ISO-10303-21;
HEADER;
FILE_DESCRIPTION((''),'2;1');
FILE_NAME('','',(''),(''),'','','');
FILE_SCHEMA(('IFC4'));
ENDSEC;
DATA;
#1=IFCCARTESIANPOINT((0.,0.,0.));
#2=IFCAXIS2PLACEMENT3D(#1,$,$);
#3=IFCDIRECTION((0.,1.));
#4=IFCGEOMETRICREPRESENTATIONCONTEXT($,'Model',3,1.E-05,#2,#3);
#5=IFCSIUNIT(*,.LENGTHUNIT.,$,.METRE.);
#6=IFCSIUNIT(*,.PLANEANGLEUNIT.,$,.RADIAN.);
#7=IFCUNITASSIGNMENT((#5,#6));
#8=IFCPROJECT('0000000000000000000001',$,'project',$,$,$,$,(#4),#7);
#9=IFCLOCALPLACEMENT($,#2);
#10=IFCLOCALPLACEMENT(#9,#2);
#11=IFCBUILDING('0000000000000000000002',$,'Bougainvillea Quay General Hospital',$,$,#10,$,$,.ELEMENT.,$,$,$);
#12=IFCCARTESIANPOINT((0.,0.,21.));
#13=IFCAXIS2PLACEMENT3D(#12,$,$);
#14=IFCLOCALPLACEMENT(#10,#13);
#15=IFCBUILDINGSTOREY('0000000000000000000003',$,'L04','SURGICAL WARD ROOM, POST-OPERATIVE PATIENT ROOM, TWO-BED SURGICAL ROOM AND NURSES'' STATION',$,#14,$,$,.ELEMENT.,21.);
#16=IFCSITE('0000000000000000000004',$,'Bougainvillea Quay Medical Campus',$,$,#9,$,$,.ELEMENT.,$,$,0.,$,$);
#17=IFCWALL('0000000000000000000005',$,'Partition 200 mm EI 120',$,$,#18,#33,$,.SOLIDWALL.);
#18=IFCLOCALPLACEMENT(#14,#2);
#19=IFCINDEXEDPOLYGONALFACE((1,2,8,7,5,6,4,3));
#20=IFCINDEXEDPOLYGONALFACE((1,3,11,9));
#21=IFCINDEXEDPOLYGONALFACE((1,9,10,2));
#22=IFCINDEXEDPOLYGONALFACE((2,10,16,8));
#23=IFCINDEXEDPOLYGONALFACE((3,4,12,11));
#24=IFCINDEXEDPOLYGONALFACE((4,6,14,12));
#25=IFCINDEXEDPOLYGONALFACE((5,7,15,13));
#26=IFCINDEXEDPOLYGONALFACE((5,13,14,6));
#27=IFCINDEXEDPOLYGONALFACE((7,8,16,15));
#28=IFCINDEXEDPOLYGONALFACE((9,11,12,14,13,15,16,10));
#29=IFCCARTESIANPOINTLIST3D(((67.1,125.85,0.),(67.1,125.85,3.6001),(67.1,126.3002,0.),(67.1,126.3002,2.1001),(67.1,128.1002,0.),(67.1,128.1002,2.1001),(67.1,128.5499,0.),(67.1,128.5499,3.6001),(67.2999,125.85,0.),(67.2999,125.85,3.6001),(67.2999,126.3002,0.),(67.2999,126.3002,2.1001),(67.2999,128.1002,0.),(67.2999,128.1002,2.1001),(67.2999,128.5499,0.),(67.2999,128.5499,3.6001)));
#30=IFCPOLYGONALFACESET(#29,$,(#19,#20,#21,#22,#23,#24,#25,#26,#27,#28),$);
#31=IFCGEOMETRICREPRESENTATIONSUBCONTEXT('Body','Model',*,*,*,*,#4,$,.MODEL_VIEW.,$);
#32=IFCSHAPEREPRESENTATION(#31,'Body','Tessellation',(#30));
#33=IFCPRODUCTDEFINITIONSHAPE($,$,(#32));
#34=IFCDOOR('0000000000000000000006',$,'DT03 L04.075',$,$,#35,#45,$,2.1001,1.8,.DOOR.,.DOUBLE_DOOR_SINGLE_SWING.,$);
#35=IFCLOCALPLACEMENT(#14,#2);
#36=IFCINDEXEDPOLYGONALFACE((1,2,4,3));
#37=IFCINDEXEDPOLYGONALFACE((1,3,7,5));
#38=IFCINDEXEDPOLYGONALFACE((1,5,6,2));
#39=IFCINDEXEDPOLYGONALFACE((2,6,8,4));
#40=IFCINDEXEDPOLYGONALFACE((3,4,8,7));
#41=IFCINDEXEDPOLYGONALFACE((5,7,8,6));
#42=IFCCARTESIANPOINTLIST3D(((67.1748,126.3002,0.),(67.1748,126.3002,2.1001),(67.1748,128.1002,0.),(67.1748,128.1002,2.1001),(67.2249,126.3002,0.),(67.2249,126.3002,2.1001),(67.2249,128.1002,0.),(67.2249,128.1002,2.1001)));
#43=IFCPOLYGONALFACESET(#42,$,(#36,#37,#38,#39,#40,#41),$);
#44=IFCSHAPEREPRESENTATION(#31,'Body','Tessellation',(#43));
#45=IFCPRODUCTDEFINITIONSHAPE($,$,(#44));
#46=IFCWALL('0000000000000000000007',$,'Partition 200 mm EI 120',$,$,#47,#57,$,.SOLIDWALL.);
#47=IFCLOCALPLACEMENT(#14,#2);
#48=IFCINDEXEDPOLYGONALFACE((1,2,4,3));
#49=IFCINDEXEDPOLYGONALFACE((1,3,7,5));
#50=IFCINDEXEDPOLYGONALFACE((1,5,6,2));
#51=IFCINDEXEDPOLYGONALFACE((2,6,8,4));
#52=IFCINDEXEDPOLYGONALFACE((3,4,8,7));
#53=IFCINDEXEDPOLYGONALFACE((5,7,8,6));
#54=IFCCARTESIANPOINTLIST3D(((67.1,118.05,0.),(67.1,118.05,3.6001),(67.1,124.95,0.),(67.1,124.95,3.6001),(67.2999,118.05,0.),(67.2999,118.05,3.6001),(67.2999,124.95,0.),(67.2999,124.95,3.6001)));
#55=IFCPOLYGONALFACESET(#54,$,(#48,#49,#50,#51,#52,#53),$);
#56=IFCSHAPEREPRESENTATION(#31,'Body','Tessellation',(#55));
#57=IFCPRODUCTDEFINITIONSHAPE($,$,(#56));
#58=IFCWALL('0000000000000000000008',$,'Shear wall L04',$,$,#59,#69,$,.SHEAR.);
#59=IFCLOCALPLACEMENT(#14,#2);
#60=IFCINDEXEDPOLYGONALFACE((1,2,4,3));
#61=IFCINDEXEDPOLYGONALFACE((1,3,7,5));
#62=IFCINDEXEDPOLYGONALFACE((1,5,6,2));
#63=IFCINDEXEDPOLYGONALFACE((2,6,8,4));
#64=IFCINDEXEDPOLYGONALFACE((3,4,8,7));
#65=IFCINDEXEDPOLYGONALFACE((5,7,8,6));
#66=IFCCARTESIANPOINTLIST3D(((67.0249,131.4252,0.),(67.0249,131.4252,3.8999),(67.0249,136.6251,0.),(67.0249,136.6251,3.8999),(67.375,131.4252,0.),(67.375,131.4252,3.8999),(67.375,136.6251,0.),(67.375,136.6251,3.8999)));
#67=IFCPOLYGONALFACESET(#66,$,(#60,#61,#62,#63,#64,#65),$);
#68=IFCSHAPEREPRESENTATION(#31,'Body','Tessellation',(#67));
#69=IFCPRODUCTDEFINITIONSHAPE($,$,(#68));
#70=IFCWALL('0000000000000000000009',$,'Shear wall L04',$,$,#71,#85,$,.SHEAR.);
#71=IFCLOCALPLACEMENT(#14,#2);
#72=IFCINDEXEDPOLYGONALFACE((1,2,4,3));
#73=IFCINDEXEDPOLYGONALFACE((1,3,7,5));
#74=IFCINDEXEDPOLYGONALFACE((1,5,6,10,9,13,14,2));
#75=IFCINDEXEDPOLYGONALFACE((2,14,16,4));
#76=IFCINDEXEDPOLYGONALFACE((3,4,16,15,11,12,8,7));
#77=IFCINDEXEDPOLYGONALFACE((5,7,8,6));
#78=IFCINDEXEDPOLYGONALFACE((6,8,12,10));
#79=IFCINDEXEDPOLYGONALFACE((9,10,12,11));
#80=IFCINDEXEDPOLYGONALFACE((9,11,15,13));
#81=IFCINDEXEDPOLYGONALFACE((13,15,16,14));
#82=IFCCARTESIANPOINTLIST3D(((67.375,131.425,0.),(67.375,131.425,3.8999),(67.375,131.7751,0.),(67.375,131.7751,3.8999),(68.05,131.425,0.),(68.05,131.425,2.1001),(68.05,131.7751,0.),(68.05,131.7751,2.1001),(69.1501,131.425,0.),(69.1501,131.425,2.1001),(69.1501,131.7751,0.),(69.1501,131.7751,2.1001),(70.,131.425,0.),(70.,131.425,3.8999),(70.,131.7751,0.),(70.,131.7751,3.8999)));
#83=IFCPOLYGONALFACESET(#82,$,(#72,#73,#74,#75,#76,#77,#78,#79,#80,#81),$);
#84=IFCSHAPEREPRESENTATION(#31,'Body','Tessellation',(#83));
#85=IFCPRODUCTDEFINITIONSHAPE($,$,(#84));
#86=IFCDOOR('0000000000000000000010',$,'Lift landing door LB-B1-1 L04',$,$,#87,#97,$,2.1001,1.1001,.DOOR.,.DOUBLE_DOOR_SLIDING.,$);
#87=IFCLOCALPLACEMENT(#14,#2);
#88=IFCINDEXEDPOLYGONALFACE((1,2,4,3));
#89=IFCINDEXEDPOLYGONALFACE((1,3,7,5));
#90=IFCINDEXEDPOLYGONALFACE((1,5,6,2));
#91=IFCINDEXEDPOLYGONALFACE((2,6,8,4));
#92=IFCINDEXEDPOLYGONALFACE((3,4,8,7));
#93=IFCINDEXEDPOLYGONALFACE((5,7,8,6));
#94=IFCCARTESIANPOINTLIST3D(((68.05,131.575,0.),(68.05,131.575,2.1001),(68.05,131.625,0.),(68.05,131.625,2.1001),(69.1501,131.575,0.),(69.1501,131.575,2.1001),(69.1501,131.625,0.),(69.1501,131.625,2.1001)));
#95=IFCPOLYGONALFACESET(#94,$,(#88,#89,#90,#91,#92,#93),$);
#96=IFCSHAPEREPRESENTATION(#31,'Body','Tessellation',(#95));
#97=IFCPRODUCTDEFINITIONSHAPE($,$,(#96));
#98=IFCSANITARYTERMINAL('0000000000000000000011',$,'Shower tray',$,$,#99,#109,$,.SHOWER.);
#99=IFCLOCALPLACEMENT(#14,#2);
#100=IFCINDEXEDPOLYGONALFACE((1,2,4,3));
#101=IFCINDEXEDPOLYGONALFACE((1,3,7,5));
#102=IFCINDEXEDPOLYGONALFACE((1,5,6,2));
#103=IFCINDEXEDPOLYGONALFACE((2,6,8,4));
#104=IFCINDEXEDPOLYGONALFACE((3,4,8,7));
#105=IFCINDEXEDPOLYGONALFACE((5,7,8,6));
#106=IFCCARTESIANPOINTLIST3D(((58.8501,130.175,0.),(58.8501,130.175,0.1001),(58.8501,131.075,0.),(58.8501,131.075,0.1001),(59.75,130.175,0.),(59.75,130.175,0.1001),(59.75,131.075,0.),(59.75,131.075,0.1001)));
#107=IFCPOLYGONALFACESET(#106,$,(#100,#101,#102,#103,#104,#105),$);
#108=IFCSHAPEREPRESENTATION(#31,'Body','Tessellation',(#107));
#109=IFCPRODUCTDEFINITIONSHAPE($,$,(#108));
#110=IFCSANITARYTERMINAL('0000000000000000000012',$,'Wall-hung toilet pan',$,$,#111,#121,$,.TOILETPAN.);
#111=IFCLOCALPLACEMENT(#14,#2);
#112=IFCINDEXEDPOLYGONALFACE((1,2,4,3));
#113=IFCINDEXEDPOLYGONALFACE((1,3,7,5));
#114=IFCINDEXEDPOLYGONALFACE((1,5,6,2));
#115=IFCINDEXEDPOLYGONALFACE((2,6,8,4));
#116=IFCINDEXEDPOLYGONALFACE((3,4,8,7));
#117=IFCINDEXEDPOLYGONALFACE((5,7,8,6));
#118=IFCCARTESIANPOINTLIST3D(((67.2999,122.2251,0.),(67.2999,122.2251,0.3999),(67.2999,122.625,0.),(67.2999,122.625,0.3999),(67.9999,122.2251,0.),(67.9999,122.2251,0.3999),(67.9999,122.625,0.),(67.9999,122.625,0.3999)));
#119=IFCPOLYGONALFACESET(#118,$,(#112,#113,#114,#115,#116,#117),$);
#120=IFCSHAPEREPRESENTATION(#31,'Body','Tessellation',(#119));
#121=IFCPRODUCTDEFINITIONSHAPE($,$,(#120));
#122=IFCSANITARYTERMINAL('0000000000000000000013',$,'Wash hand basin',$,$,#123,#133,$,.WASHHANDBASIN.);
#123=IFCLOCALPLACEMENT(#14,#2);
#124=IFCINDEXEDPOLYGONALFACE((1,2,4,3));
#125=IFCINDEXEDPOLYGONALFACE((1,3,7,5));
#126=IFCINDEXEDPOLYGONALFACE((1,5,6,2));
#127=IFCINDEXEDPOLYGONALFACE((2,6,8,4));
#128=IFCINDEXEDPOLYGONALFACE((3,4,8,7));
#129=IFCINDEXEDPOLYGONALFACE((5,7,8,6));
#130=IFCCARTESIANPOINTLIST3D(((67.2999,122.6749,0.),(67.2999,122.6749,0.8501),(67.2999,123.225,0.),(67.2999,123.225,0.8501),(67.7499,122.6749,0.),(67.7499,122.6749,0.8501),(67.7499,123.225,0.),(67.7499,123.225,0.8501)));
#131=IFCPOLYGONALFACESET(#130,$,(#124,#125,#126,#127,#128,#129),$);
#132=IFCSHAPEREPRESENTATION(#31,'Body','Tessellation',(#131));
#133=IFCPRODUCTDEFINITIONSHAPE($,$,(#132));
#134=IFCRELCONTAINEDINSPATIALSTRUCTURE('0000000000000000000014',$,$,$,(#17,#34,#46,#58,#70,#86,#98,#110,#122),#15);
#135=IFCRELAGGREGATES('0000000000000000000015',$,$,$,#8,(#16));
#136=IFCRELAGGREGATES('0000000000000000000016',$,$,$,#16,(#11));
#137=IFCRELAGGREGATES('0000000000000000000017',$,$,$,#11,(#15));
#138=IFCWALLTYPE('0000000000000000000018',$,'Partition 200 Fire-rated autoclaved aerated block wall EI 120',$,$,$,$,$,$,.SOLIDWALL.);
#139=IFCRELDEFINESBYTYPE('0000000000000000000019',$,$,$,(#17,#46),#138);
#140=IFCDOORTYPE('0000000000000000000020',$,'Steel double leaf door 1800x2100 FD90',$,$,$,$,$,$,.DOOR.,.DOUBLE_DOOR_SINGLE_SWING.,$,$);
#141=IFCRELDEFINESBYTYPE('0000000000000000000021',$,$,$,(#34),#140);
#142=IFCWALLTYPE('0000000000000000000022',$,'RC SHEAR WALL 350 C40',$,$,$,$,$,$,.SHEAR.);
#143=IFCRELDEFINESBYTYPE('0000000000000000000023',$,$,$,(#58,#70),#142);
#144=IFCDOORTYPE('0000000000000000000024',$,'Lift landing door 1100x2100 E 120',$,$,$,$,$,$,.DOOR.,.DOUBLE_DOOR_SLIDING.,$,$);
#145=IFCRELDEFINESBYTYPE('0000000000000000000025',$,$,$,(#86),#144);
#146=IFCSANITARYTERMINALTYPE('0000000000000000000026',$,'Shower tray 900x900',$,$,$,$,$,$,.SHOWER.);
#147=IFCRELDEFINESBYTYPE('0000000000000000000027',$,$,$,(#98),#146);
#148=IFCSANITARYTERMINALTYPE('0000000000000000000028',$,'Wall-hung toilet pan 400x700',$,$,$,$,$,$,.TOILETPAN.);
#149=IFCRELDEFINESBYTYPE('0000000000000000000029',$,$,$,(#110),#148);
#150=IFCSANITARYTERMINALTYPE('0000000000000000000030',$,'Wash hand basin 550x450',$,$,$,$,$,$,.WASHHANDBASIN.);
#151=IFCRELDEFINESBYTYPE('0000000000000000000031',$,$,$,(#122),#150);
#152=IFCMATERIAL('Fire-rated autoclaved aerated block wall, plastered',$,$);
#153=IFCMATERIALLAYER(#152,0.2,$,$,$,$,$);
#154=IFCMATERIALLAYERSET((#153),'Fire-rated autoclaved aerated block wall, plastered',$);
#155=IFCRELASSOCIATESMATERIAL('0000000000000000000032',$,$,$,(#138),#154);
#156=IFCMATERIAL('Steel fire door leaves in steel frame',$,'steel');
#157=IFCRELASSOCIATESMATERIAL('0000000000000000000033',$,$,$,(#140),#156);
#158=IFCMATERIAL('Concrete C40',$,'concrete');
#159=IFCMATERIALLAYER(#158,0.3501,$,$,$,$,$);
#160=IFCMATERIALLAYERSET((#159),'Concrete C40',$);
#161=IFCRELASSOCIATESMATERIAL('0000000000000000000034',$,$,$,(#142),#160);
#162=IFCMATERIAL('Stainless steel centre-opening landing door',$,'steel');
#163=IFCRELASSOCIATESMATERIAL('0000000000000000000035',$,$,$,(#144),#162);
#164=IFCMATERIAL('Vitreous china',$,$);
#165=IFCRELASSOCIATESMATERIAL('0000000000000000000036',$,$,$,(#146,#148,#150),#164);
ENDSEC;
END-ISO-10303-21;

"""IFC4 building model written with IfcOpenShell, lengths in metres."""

from ifc_helpers import new_model, si_unit, direction, frame, frame_2d, origin, origin_2d, place, context, subcontext, project, spatial, rectangle, extrude, material, layer, layer_set, type_object, element, fill, save


model = new_model("IFC4")

# Units and contexts
model_context = context("Model", 3, precision=1e-05, world=origin(), true_north=direction((0.0, 1.0)))
body_context = subcontext(model_context, "Body", "Model", "MODEL_VIEW")
ifc_project = project(units=[si_unit("LENGTHUNIT", "METRE"), si_unit("PLANEANGLEUNIT", "RADIAN")], contexts=[model_context])

# Site, building, storey
site_placement = place(None, origin())
site = spatial("IfcSite", under=ifc_project, at=site_placement, Name="Bougainvillea Quay Medical Campus", CompositionType="ELEMENT", RefElevation=0.0)
building_placement = place(site_placement, origin())
building = spatial("IfcBuilding", under=site, at=building_placement, Name="Bougainvillea Quay General Hospital", CompositionType="ELEMENT")
storey_placement = place(building_placement, frame((0.0, 0.0, 21.0)))
storey = spatial("IfcBuildingStorey", under=building, at=storey_placement, Name="L04", Description="SURGICAL WARD ROOM, POST-OPERATIVE PATIENT ROOM, TWO-BED SURGICAL ROOM AND NURSES' STATION", CompositionType="ELEMENT", Elevation=21.0)

# Shared definitions
ifc_material_1 = material(Name="Concrete C40", Category="concrete")

# Shared definitions
ifc_material_2 = material(Name="Fire-rated autoclaved aerated block wall, plastered")
ifc_layer_1 = layer(ifc_material_2, 0.2)
ifc_layer_set_1 = layer_set([ifc_layer_1], Name="Fire-rated autoclaved aerated block wall, plastered")
wall_type_1 = type_object("IfcWallType", Name="Partition 200 Fire-rated autoclaved aerated block wall EI 120", PredefinedType="SOLIDWALL", material=ifc_layer_set_1)

# Wall, opening, door
wall_1_placement = place(storey_placement, frame((67.2, 128.55, 0.0), z_axis=(0.0, 0.0, 1.0), x_axis=(0.0, -1.0, 0.0)))
wall_1 = element("IfcWall", 1, at=wall_1_placement, inside=storey, type_object=wall_type_1, Name="Partition 200 mm EI 120", PredefinedType="SOLIDWALL", context=body_context, shape_type="SweptSolid", body=[
    extrude(rectangle(XDim=2.7, YDim=0.2, at=frame_2d((1.3501, 0.0))), origin(), (0.0, 0.0, 1.0), 3.6001),
])
opening_1_placement = place(wall_1_placement, frame((0.45, 0.0, 0.0)))
opening_1 = element("IfcOpeningElement", 2, at=opening_1_placement, cuts=wall_1, PredefinedType="OPENING", context=body_context, shape_type="SweptSolid", body=[
    extrude(rectangle(XDim=1.8, YDim=2.1001, at=frame_2d((0.8999, 1.05))), frame((0.0, 0.1099, 0.0), z_axis=(0.0, -1.0, 0.0), x_axis=(1.0, 0.0, 0.0)), (0.0, 0.0, 1.0), 0.22),
])
ifc_material_3 = material(Name="Steel fire door leaves in steel frame", Category="steel")
door_type_1 = type_object("IfcDoorType", Name="Steel double leaf door 1800x2100 FD90", OperationType="DOUBLE_DOOR_SINGLE_SWING", PredefinedType="DOOR", material=ifc_material_3)
door_1_placement = place(opening_1_placement, origin())
door_1 = element("IfcDoor", 3, at=door_1_placement, inside=storey, type_object=door_type_1, Name="DT03 L04.075", OperationType="DOUBLE_DOOR_SINGLE_SWING", OverallHeight=2.1001, OverallWidth=1.8, PredefinedType="DOOR", context=body_context, shape_type="SweptSolid", body=[
    extrude(rectangle(XDim=1.8, YDim=2.1001, at=frame_2d((0.8999, 1.05))), frame((0.0, 0.0249, 0.0), z_axis=(0.0, -1.0, 0.0), x_axis=(1.0, 0.0, 0.0)), (0.0, 0.0, 1.0), 0.05),
])
fill(opening_1, door_1)

# Walls
wall_2_placement = place(storey_placement, frame((67.2, 124.95, 0.0), z_axis=(0.0, 0.0, 1.0), x_axis=(0.0, -1.0, 0.0)))
element("IfcWall", 4, at=wall_2_placement, inside=storey, type_object=wall_type_1, Name="Partition 200 mm EI 120", PredefinedType="SOLIDWALL", context=body_context, shape_type="SweptSolid", body=[
    extrude(rectangle(XDim=6.8999, YDim=0.2, at=frame_2d((3.45, 0.0))), origin(), (0.0, 0.0, 1.0), 3.6001),
])
ifc_layer_2 = layer(ifc_material_1, 0.3501)
ifc_layer_set_2 = layer_set([ifc_layer_2], Name="Concrete C40")
wall_type_2 = type_object("IfcWallType", Name="RC SHEAR WALL 350 C40", PredefinedType="SHEAR", material=ifc_layer_set_2)
wall_3_placement = place(storey_placement, frame((67.2, 131.425, 0.0), z_axis=(0.0, 0.0, 1.0), x_axis=(0.0, 1.0, 0.0)))
element("IfcWall", 5, at=wall_3_placement, inside=storey, type_object=wall_type_2, Name="Shear wall L04", PredefinedType="SHEAR", context=body_context, shape_type="SweptSolid", body=[
    extrude(rectangle(XDim=5.2, YDim=0.3501, at=frame_2d((2.6001, 0.0))), origin(), (0.0, 0.0, 1.0), 3.8999),
])

# Wall, opening, door
wall_4_placement = place(storey_placement, frame((67.375, 131.6001, 0.0), z_axis=(0.0, 0.0, 1.0), x_axis=(1.0, 0.0, 0.0)))
wall_4 = element("IfcWall", 6, at=wall_4_placement, inside=storey, type_object=wall_type_2, Name="Shear wall L04", PredefinedType="SHEAR", context=body_context, shape_type="SweptSolid", body=[
    extrude(rectangle(XDim=2.625, YDim=0.3501, at=frame_2d((1.3125, 0.0))), origin(), (0.0, 0.0, 1.0), 3.8999),
])
opening_2_placement = place(wall_4_placement, frame((0.675, 0.0, 0.0)))
opening_2 = element("IfcOpeningElement", 7, at=opening_2_placement, cuts=wall_4, PredefinedType="OPENING", context=body_context, shape_type="SweptSolid", body=[
    extrude(rectangle(XDim=1.1001, YDim=2.1001, at=frame_2d((0.55, 1.05))), frame((0.0, 0.1851, 0.0), z_axis=(0.0, -1.0, 0.0), x_axis=(1.0, 0.0, 0.0)), (0.0, 0.0, 1.0), 0.3701),
])
ifc_material_4 = material(Name="Stainless steel centre-opening landing door", Category="steel")
door_type_2 = type_object("IfcDoorType", Name="Lift landing door 1100x2100 E 120", OperationType="DOUBLE_DOOR_SLIDING", PredefinedType="DOOR", material=ifc_material_4)
door_2_placement = place(opening_2_placement, origin())
door_2 = element("IfcDoor", 8, at=door_2_placement, inside=storey, type_object=door_type_2, Name="Lift landing door LB-B1-1 L04", OperationType="DOUBLE_DOOR_SLIDING", OverallHeight=2.1001, OverallWidth=1.1001, PredefinedType="DOOR", context=body_context, shape_type="SweptSolid", body=[
    extrude(rectangle(XDim=1.1001, YDim=2.1001, at=frame_2d((0.55, 1.05))), frame((0.0, 0.0249, 0.0), z_axis=(0.0, -1.0, 0.0), x_axis=(1.0, 0.0, 0.0)), (0.0, 0.0, 1.0), 0.05),
])
fill(opening_2, door_2)

# Sanitary terminals
ifc_material_5 = material(Name="Vitreous china")
sanitary_terminal_type_1 = type_object("IfcSanitaryTerminalType", Name="Shower tray 900x900", PredefinedType="SHOWER", material=ifc_material_5)
sanitary_terminal_1_placement = place(storey_placement, frame((59.3, 130.625, 0.0), z_axis=(0.0, 0.0, 1.0), x_axis=(0.0, 1.0, 0.0)))
element("IfcSanitaryTerminal", 9, at=sanitary_terminal_1_placement, inside=storey, type_object=sanitary_terminal_type_1, Name="Shower tray", PredefinedType="SHOWER", context=body_context, shape_type="SweptSolid", body=[
    extrude(rectangle(XDim=0.8999, YDim=0.8999, at=origin_2d()), origin(), (0.0, 0.0, 1.0), 0.1001),
])
sanitary_terminal_type_2 = type_object("IfcSanitaryTerminalType", Name="Wall-hung toilet pan 400x700", PredefinedType="TOILETPAN", material=ifc_material_5)
sanitary_terminal_2_placement = place(storey_placement, frame((67.6499, 122.425, 0.0), z_axis=(0.0, 0.0, 1.0), x_axis=(0.0, 1.0, 0.0)))
element("IfcSanitaryTerminal", 10, at=sanitary_terminal_2_placement, inside=storey, type_object=sanitary_terminal_type_2, Name="Wall-hung toilet pan", PredefinedType="TOILETPAN", context=body_context, shape_type="SweptSolid", body=[
    extrude(rectangle(XDim=0.3999, YDim=0.7, at=origin_2d()), origin(), (0.0, 0.0, 1.0), 0.3999),
])
sanitary_terminal_type_3 = type_object("IfcSanitaryTerminalType", Name="Wash hand basin 550x450", PredefinedType="WASHHANDBASIN", material=ifc_material_5)
sanitary_terminal_3_placement = place(storey_placement, frame((67.5249, 122.95, 0.0), z_axis=(0.0, 0.0, 1.0), x_axis=(0.0, 1.0, 0.0)))
element("IfcSanitaryTerminal", 11, at=sanitary_terminal_3_placement, inside=storey, type_object=sanitary_terminal_type_3, Name="Wash hand basin", PredefinedType="WASHHANDBASIN", context=body_context, shape_type="SweptSolid", body=[
    extrude(rectangle(XDim=0.55, YDim=0.45, at=origin_2d()), origin(), (0.0, 0.0, 1.0), 0.8501),
])

save(model, "model.ifc")
